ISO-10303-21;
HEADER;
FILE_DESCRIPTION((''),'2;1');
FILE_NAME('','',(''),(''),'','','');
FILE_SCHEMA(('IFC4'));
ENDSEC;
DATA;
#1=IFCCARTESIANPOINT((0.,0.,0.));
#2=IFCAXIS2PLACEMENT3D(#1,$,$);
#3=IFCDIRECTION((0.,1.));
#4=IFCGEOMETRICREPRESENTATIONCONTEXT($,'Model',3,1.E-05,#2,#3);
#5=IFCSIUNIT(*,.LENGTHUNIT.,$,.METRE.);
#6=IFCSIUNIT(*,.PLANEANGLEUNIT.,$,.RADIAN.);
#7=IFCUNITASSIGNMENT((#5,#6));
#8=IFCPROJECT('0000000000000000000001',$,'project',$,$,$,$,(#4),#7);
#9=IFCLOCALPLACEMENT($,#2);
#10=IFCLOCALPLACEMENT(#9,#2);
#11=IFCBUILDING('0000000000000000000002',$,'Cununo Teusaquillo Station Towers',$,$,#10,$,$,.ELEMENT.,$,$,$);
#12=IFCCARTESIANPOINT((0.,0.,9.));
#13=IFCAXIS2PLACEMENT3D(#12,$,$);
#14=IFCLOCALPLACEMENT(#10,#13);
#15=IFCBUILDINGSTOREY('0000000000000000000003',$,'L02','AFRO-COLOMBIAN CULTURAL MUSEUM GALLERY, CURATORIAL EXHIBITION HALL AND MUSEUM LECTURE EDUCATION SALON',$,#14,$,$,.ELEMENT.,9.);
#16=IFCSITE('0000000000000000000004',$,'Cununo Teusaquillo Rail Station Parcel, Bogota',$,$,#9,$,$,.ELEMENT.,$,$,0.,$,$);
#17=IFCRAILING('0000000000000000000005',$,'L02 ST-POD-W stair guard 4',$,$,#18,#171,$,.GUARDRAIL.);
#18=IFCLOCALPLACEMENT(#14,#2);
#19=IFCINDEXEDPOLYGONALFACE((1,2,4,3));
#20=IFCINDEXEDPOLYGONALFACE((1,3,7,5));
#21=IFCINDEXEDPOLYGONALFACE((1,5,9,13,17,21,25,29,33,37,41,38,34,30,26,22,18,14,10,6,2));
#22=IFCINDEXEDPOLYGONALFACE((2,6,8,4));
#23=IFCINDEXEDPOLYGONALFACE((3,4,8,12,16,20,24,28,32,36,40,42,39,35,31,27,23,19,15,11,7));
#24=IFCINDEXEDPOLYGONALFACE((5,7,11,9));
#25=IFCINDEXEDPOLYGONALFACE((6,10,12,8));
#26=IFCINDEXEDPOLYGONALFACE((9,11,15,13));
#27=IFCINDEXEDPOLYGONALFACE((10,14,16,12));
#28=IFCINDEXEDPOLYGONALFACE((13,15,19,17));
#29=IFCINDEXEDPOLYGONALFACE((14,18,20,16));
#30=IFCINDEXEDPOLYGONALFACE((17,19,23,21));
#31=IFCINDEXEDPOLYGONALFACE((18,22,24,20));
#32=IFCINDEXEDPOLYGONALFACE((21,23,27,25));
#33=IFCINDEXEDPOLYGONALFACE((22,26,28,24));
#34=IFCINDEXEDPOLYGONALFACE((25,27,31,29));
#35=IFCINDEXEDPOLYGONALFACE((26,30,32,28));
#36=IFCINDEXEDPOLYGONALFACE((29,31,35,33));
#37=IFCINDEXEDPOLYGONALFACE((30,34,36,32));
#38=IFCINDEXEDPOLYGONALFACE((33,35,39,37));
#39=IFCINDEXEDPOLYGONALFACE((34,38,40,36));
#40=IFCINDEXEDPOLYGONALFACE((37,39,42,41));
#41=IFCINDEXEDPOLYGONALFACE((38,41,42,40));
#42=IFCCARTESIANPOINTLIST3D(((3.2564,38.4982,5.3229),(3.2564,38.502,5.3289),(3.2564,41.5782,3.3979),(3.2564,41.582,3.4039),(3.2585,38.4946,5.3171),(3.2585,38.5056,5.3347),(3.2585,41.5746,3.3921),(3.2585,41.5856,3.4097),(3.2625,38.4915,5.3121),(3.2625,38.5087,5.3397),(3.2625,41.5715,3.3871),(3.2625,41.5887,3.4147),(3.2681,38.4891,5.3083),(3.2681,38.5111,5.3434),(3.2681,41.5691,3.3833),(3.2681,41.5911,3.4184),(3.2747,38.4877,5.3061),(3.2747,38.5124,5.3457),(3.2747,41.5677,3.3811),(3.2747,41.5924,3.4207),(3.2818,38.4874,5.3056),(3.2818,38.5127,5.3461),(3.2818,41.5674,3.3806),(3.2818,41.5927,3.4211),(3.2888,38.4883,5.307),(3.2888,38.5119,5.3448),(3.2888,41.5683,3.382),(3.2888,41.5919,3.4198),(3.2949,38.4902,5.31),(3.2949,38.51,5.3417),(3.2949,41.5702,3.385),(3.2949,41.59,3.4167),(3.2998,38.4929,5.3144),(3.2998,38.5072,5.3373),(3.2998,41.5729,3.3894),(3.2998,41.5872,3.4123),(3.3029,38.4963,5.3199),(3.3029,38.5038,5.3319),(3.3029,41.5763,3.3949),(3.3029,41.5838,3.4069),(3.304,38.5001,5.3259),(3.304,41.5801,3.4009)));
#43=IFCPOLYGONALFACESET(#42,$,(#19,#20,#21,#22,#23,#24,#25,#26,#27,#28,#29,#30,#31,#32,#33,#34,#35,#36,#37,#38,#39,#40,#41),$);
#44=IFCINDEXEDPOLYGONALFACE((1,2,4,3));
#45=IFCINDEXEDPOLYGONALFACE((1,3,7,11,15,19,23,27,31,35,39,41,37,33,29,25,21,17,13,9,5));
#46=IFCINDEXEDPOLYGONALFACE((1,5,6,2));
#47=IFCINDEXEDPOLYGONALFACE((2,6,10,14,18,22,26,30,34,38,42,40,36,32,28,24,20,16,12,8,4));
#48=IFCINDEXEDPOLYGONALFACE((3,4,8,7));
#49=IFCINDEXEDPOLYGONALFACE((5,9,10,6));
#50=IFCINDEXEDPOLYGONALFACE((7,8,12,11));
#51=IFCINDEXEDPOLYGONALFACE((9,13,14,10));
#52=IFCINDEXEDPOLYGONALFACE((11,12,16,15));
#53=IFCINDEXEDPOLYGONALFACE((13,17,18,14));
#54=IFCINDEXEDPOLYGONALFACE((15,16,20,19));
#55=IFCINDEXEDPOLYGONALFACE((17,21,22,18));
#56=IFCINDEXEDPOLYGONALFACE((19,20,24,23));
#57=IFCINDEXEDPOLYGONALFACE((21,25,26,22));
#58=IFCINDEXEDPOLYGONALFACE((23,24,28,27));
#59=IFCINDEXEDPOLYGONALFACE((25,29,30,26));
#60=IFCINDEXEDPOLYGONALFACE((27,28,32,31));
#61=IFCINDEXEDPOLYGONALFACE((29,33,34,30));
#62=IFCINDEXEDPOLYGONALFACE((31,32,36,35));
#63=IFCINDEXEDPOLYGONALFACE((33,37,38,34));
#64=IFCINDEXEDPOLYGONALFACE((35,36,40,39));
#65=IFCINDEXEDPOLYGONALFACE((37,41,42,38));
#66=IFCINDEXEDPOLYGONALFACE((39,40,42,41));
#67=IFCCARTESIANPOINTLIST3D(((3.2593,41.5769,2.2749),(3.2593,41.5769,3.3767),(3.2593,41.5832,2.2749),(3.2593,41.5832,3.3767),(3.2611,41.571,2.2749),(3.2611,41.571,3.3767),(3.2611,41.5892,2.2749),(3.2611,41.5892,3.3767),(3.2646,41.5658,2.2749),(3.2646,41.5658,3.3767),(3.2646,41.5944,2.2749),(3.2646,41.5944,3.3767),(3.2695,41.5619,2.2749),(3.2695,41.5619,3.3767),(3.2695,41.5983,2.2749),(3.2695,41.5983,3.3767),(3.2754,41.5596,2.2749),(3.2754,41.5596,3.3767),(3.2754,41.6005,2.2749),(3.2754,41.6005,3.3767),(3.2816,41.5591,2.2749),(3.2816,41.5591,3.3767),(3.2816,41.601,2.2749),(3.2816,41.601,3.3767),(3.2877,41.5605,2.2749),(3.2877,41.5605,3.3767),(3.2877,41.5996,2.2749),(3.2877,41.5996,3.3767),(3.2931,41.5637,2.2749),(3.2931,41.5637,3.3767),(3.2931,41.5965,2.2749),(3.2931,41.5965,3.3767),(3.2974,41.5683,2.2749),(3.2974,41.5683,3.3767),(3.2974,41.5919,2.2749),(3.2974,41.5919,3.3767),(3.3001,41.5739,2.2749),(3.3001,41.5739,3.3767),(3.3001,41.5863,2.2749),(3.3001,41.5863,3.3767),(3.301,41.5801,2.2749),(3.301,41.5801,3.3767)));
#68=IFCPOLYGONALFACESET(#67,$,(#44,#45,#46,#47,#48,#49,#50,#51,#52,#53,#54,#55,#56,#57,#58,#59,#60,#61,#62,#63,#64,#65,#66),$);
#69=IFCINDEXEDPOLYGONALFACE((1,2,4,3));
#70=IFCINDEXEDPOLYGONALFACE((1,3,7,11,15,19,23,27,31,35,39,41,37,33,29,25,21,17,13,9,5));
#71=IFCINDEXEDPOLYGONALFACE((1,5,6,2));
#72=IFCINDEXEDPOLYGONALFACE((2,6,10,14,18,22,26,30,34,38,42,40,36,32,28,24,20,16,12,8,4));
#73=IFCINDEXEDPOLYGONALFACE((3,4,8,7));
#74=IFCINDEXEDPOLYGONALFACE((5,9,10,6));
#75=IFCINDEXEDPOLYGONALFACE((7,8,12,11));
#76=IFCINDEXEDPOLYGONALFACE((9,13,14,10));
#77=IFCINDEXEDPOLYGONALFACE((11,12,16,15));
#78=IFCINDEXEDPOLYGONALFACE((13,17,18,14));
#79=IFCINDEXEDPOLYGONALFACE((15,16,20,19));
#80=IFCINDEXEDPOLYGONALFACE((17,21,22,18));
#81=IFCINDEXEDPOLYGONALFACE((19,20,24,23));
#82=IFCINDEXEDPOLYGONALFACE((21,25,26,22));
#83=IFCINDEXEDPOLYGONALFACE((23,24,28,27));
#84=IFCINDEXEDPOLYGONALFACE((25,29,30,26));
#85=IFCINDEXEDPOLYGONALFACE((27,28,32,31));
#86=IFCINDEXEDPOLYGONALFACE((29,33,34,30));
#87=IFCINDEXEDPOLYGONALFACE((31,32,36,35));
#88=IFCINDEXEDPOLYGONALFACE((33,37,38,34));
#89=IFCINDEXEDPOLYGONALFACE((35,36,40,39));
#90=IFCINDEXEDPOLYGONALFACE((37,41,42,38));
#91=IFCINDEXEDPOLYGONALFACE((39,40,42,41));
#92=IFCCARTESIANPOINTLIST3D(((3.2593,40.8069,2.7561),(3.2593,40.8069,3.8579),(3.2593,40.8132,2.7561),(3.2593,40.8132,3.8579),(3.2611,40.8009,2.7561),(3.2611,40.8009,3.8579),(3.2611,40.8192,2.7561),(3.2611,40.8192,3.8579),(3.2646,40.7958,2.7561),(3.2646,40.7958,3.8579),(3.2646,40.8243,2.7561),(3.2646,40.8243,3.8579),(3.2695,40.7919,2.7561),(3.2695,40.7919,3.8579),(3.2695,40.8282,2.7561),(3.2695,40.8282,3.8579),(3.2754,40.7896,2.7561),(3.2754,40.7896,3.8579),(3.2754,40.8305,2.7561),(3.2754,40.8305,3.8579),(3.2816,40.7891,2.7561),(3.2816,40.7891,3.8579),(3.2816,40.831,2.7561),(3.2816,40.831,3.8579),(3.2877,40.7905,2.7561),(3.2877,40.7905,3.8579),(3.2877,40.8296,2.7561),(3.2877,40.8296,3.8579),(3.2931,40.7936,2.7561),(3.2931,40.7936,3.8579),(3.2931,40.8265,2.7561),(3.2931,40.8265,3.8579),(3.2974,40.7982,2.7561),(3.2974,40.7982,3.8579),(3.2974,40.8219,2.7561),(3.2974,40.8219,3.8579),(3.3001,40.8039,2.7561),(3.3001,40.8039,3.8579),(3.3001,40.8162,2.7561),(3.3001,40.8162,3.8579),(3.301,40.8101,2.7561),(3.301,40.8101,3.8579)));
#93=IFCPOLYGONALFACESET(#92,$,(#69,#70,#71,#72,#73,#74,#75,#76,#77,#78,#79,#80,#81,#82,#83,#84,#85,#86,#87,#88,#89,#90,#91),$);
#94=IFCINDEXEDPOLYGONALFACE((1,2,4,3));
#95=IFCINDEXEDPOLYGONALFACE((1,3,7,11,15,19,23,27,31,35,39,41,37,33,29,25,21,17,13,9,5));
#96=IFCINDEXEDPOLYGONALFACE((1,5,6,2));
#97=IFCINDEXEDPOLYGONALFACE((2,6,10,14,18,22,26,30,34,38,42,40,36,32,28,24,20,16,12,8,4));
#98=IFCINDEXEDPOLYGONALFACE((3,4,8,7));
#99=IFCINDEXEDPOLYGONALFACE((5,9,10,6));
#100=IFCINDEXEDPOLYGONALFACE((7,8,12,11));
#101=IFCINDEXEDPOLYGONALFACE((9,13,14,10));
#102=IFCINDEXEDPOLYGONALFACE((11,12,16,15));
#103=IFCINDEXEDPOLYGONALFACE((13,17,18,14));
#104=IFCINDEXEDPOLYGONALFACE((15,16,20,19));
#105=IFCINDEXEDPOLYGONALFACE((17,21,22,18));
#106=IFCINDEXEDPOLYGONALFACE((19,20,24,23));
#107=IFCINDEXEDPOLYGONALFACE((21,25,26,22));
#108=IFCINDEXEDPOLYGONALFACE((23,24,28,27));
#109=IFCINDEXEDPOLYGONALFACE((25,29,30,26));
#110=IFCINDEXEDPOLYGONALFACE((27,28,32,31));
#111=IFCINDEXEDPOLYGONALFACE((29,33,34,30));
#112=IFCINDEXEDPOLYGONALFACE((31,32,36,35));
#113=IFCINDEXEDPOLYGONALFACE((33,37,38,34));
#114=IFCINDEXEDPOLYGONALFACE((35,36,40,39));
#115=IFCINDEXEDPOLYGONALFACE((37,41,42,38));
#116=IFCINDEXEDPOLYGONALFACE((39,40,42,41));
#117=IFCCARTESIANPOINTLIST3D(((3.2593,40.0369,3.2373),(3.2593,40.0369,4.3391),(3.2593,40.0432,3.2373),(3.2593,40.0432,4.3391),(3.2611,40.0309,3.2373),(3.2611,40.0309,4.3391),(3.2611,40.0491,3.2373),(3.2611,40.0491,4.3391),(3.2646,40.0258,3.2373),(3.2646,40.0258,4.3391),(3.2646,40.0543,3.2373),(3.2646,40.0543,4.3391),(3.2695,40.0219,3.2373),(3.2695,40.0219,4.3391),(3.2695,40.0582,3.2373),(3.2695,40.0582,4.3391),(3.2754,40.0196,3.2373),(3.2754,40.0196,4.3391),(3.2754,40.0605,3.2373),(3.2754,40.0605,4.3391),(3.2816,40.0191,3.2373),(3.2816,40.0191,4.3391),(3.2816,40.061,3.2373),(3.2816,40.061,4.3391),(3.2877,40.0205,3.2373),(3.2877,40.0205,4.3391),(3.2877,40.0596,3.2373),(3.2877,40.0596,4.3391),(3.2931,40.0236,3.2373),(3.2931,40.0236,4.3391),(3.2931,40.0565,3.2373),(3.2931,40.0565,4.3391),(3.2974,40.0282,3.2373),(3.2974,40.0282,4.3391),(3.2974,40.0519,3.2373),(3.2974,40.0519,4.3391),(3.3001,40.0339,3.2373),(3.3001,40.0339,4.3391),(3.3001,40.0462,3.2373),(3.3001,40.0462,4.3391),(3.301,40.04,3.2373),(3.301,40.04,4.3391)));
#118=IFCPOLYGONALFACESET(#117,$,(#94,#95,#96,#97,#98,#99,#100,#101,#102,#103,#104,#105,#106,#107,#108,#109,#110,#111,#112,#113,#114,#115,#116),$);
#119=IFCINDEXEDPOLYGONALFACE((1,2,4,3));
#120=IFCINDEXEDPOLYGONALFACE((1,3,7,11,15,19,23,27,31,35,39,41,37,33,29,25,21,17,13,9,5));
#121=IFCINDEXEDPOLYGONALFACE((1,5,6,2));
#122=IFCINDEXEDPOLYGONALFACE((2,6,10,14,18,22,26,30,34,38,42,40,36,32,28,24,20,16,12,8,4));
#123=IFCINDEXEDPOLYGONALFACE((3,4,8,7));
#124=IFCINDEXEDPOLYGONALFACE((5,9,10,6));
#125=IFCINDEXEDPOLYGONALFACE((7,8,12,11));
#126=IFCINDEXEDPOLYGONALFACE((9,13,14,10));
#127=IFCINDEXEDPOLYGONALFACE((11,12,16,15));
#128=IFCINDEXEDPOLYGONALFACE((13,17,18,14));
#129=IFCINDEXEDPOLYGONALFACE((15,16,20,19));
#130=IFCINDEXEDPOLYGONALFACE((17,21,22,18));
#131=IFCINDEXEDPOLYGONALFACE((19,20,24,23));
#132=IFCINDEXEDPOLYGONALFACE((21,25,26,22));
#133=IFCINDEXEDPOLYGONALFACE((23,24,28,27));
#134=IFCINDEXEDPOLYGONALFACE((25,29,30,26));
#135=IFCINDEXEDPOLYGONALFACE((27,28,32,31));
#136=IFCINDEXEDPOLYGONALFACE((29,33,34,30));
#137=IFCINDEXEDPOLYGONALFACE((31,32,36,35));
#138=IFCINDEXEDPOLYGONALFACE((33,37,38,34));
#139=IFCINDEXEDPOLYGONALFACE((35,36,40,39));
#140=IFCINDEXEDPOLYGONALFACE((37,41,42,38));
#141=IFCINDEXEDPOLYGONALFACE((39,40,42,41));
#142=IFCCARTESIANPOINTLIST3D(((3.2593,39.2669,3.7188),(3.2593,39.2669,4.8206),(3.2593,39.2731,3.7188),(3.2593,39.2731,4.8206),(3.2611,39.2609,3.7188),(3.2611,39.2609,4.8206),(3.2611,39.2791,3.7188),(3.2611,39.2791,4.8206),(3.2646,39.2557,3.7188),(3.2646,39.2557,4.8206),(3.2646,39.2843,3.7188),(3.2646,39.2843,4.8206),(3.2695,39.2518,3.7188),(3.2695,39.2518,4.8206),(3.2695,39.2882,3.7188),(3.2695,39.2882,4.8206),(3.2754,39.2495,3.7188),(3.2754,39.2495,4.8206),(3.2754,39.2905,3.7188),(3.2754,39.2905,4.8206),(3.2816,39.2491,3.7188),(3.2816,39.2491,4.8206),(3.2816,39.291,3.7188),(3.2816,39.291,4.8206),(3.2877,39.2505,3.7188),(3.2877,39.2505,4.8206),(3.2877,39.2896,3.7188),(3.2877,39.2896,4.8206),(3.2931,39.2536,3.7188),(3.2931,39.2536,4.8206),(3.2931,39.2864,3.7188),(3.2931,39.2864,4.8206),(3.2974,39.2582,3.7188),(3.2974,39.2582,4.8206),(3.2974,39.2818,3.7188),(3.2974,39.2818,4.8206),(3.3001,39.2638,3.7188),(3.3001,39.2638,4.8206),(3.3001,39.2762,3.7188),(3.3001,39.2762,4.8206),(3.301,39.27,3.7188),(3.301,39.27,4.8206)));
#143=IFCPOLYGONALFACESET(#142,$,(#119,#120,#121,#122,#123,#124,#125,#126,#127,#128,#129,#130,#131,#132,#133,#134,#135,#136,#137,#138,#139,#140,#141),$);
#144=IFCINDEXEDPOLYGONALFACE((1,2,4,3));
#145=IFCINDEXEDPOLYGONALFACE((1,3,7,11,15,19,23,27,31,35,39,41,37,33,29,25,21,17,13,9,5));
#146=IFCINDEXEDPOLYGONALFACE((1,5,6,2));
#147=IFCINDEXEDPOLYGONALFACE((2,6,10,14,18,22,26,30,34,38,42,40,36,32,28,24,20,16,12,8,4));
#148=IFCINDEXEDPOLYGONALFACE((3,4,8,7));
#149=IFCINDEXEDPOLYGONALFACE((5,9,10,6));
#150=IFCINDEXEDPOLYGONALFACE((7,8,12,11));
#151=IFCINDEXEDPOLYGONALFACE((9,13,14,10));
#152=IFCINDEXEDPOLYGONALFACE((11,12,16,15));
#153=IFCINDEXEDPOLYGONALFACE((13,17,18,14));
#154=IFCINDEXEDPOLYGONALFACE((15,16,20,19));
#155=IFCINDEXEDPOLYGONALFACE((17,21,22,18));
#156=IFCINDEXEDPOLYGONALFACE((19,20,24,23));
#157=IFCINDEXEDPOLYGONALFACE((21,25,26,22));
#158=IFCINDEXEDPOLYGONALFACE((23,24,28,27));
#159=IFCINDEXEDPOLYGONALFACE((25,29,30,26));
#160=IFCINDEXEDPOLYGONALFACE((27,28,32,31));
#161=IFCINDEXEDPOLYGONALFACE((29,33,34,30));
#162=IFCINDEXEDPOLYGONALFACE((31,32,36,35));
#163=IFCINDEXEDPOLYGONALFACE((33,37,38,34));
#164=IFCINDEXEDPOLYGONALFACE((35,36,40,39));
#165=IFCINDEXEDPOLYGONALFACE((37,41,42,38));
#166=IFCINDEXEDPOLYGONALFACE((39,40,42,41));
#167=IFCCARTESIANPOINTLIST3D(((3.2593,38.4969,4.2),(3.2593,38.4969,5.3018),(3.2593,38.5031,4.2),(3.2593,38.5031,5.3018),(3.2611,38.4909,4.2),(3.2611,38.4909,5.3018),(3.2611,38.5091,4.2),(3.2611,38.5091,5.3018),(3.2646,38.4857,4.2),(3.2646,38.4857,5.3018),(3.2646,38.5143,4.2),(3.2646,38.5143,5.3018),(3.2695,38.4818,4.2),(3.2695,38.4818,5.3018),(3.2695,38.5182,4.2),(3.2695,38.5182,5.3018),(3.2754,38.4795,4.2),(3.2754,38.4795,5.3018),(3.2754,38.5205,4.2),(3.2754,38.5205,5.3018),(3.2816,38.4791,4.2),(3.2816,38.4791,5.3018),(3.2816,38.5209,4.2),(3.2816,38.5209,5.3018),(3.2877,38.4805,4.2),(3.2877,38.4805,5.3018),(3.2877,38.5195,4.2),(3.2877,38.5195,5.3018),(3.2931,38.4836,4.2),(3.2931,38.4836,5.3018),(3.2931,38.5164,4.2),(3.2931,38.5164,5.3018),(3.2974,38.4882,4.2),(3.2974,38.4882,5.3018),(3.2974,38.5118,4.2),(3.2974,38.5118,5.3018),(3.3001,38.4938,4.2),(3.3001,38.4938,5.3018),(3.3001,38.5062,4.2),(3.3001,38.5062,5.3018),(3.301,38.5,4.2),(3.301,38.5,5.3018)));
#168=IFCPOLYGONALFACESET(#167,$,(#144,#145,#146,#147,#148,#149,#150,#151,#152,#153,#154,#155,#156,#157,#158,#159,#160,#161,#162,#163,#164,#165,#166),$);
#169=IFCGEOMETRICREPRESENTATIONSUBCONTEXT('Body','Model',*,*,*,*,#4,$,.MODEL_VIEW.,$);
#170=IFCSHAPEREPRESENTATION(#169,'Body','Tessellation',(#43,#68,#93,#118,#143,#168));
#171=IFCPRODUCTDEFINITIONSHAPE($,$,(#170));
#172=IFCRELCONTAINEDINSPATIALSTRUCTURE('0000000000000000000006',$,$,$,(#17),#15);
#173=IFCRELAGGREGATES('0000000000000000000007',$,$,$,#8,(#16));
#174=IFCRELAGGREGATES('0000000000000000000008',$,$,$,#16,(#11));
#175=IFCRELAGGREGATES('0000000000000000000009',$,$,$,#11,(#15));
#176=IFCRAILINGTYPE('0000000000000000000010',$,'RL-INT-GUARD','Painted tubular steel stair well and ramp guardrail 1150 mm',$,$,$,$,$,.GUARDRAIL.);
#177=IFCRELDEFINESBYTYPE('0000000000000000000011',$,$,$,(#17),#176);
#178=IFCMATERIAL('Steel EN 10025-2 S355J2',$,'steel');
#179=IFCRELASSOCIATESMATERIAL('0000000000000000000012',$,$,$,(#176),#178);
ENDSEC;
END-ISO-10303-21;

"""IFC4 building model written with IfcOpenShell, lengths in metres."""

from ifc_helpers import new_model, si_unit, direction, frame, origin, origin_2d, place, context, subcontext, project, spatial, circle, extrude, material, type_object, element, save


model = new_model("IFC4")

# Units and contexts
model_context = context("Model", 3, precision=1e-05, world=origin(), true_north=direction((0.0, 1.0)))
body_context = subcontext(model_context, "Body", "Model", "MODEL_VIEW")
ifc_project = project(units=[si_unit("LENGTHUNIT", "METRE"), si_unit("PLANEANGLEUNIT", "RADIAN")], contexts=[model_context])

# Site, building, storey
site_placement = place(None, origin())
site = spatial("IfcSite", under=ifc_project, at=site_placement, Name="Cununo Teusaquillo Rail Station Parcel, Bogota", CompositionType="ELEMENT", RefElevation=0.0)
building_placement = place(site_placement, origin())
building = spatial("IfcBuilding", under=site, at=building_placement, Name="Cununo Teusaquillo Station Towers", CompositionType="ELEMENT")
storey_placement = place(building_placement, frame((0.0, 0.0, 9.0)))
storey = spatial("IfcBuildingStorey", under=building, at=storey_placement, Name="L02", Description="AFRO-COLOMBIAN CULTURAL MUSEUM GALLERY, CURATORIAL EXHIBITION HALL AND MUSEUM LECTURE EDUCATION SALON", CompositionType="ELEMENT", Elevation=9.0)

# Railing
ifc_material_1 = material(Name="Steel EN 10025-2 S355J2", Category="steel")
railing_type_1 = type_object("IfcRailingType", Name="RL-INT-GUARD", Description="Painted tubular steel stair well and ramp guardrail 1150 mm", PredefinedType="GUARDRAIL", material=ifc_material_1)
railing_1_placement = place(storey_placement, frame((3.28, 41.5801, 2.2749)))
element("IfcRailing", 1, at=railing_1_placement, inside=storey, type_object=railing_type_1, Name="L02 ST-POD-W stair guard 4", PredefinedType="GUARDRAIL", context=body_context, shape_type="SweptSolid", body=[
    extrude(circle(Radius=0.0239, at=origin_2d()), frame((0.0, 0.0, 1.126), z_axis=(0.0, -0.847998, 0.529999), x_axis=(1.0, 0.0, 0.0)), (0.0, 0.0, 1.0), 3.6321),
    extrude(circle(Radius=0.021, at=origin_2d()), origin(), (0.0, 0.0, 1.0), 1.1018),
    extrude(circle(Radius=0.021, at=origin_2d()), frame((0.0, -0.77, 0.4812)), (0.0, 0.0, 1.0), 1.1018),
    extrude(circle(Radius=0.021, at=origin_2d()), frame((0.0, -1.54, 0.9624)), (0.0, 0.0, 1.0), 1.1018),
    extrude(circle(Radius=0.021, at=origin_2d()), frame((0.0, -2.3101, 1.4438)), (0.0, 0.0, 1.0), 1.1018),
    extrude(circle(Radius=0.021, at=origin_2d()), frame((0.0, -3.0801, 1.925)), (0.0, 0.0, 1.0), 1.1018),
])

save(model, "model.ifc")
